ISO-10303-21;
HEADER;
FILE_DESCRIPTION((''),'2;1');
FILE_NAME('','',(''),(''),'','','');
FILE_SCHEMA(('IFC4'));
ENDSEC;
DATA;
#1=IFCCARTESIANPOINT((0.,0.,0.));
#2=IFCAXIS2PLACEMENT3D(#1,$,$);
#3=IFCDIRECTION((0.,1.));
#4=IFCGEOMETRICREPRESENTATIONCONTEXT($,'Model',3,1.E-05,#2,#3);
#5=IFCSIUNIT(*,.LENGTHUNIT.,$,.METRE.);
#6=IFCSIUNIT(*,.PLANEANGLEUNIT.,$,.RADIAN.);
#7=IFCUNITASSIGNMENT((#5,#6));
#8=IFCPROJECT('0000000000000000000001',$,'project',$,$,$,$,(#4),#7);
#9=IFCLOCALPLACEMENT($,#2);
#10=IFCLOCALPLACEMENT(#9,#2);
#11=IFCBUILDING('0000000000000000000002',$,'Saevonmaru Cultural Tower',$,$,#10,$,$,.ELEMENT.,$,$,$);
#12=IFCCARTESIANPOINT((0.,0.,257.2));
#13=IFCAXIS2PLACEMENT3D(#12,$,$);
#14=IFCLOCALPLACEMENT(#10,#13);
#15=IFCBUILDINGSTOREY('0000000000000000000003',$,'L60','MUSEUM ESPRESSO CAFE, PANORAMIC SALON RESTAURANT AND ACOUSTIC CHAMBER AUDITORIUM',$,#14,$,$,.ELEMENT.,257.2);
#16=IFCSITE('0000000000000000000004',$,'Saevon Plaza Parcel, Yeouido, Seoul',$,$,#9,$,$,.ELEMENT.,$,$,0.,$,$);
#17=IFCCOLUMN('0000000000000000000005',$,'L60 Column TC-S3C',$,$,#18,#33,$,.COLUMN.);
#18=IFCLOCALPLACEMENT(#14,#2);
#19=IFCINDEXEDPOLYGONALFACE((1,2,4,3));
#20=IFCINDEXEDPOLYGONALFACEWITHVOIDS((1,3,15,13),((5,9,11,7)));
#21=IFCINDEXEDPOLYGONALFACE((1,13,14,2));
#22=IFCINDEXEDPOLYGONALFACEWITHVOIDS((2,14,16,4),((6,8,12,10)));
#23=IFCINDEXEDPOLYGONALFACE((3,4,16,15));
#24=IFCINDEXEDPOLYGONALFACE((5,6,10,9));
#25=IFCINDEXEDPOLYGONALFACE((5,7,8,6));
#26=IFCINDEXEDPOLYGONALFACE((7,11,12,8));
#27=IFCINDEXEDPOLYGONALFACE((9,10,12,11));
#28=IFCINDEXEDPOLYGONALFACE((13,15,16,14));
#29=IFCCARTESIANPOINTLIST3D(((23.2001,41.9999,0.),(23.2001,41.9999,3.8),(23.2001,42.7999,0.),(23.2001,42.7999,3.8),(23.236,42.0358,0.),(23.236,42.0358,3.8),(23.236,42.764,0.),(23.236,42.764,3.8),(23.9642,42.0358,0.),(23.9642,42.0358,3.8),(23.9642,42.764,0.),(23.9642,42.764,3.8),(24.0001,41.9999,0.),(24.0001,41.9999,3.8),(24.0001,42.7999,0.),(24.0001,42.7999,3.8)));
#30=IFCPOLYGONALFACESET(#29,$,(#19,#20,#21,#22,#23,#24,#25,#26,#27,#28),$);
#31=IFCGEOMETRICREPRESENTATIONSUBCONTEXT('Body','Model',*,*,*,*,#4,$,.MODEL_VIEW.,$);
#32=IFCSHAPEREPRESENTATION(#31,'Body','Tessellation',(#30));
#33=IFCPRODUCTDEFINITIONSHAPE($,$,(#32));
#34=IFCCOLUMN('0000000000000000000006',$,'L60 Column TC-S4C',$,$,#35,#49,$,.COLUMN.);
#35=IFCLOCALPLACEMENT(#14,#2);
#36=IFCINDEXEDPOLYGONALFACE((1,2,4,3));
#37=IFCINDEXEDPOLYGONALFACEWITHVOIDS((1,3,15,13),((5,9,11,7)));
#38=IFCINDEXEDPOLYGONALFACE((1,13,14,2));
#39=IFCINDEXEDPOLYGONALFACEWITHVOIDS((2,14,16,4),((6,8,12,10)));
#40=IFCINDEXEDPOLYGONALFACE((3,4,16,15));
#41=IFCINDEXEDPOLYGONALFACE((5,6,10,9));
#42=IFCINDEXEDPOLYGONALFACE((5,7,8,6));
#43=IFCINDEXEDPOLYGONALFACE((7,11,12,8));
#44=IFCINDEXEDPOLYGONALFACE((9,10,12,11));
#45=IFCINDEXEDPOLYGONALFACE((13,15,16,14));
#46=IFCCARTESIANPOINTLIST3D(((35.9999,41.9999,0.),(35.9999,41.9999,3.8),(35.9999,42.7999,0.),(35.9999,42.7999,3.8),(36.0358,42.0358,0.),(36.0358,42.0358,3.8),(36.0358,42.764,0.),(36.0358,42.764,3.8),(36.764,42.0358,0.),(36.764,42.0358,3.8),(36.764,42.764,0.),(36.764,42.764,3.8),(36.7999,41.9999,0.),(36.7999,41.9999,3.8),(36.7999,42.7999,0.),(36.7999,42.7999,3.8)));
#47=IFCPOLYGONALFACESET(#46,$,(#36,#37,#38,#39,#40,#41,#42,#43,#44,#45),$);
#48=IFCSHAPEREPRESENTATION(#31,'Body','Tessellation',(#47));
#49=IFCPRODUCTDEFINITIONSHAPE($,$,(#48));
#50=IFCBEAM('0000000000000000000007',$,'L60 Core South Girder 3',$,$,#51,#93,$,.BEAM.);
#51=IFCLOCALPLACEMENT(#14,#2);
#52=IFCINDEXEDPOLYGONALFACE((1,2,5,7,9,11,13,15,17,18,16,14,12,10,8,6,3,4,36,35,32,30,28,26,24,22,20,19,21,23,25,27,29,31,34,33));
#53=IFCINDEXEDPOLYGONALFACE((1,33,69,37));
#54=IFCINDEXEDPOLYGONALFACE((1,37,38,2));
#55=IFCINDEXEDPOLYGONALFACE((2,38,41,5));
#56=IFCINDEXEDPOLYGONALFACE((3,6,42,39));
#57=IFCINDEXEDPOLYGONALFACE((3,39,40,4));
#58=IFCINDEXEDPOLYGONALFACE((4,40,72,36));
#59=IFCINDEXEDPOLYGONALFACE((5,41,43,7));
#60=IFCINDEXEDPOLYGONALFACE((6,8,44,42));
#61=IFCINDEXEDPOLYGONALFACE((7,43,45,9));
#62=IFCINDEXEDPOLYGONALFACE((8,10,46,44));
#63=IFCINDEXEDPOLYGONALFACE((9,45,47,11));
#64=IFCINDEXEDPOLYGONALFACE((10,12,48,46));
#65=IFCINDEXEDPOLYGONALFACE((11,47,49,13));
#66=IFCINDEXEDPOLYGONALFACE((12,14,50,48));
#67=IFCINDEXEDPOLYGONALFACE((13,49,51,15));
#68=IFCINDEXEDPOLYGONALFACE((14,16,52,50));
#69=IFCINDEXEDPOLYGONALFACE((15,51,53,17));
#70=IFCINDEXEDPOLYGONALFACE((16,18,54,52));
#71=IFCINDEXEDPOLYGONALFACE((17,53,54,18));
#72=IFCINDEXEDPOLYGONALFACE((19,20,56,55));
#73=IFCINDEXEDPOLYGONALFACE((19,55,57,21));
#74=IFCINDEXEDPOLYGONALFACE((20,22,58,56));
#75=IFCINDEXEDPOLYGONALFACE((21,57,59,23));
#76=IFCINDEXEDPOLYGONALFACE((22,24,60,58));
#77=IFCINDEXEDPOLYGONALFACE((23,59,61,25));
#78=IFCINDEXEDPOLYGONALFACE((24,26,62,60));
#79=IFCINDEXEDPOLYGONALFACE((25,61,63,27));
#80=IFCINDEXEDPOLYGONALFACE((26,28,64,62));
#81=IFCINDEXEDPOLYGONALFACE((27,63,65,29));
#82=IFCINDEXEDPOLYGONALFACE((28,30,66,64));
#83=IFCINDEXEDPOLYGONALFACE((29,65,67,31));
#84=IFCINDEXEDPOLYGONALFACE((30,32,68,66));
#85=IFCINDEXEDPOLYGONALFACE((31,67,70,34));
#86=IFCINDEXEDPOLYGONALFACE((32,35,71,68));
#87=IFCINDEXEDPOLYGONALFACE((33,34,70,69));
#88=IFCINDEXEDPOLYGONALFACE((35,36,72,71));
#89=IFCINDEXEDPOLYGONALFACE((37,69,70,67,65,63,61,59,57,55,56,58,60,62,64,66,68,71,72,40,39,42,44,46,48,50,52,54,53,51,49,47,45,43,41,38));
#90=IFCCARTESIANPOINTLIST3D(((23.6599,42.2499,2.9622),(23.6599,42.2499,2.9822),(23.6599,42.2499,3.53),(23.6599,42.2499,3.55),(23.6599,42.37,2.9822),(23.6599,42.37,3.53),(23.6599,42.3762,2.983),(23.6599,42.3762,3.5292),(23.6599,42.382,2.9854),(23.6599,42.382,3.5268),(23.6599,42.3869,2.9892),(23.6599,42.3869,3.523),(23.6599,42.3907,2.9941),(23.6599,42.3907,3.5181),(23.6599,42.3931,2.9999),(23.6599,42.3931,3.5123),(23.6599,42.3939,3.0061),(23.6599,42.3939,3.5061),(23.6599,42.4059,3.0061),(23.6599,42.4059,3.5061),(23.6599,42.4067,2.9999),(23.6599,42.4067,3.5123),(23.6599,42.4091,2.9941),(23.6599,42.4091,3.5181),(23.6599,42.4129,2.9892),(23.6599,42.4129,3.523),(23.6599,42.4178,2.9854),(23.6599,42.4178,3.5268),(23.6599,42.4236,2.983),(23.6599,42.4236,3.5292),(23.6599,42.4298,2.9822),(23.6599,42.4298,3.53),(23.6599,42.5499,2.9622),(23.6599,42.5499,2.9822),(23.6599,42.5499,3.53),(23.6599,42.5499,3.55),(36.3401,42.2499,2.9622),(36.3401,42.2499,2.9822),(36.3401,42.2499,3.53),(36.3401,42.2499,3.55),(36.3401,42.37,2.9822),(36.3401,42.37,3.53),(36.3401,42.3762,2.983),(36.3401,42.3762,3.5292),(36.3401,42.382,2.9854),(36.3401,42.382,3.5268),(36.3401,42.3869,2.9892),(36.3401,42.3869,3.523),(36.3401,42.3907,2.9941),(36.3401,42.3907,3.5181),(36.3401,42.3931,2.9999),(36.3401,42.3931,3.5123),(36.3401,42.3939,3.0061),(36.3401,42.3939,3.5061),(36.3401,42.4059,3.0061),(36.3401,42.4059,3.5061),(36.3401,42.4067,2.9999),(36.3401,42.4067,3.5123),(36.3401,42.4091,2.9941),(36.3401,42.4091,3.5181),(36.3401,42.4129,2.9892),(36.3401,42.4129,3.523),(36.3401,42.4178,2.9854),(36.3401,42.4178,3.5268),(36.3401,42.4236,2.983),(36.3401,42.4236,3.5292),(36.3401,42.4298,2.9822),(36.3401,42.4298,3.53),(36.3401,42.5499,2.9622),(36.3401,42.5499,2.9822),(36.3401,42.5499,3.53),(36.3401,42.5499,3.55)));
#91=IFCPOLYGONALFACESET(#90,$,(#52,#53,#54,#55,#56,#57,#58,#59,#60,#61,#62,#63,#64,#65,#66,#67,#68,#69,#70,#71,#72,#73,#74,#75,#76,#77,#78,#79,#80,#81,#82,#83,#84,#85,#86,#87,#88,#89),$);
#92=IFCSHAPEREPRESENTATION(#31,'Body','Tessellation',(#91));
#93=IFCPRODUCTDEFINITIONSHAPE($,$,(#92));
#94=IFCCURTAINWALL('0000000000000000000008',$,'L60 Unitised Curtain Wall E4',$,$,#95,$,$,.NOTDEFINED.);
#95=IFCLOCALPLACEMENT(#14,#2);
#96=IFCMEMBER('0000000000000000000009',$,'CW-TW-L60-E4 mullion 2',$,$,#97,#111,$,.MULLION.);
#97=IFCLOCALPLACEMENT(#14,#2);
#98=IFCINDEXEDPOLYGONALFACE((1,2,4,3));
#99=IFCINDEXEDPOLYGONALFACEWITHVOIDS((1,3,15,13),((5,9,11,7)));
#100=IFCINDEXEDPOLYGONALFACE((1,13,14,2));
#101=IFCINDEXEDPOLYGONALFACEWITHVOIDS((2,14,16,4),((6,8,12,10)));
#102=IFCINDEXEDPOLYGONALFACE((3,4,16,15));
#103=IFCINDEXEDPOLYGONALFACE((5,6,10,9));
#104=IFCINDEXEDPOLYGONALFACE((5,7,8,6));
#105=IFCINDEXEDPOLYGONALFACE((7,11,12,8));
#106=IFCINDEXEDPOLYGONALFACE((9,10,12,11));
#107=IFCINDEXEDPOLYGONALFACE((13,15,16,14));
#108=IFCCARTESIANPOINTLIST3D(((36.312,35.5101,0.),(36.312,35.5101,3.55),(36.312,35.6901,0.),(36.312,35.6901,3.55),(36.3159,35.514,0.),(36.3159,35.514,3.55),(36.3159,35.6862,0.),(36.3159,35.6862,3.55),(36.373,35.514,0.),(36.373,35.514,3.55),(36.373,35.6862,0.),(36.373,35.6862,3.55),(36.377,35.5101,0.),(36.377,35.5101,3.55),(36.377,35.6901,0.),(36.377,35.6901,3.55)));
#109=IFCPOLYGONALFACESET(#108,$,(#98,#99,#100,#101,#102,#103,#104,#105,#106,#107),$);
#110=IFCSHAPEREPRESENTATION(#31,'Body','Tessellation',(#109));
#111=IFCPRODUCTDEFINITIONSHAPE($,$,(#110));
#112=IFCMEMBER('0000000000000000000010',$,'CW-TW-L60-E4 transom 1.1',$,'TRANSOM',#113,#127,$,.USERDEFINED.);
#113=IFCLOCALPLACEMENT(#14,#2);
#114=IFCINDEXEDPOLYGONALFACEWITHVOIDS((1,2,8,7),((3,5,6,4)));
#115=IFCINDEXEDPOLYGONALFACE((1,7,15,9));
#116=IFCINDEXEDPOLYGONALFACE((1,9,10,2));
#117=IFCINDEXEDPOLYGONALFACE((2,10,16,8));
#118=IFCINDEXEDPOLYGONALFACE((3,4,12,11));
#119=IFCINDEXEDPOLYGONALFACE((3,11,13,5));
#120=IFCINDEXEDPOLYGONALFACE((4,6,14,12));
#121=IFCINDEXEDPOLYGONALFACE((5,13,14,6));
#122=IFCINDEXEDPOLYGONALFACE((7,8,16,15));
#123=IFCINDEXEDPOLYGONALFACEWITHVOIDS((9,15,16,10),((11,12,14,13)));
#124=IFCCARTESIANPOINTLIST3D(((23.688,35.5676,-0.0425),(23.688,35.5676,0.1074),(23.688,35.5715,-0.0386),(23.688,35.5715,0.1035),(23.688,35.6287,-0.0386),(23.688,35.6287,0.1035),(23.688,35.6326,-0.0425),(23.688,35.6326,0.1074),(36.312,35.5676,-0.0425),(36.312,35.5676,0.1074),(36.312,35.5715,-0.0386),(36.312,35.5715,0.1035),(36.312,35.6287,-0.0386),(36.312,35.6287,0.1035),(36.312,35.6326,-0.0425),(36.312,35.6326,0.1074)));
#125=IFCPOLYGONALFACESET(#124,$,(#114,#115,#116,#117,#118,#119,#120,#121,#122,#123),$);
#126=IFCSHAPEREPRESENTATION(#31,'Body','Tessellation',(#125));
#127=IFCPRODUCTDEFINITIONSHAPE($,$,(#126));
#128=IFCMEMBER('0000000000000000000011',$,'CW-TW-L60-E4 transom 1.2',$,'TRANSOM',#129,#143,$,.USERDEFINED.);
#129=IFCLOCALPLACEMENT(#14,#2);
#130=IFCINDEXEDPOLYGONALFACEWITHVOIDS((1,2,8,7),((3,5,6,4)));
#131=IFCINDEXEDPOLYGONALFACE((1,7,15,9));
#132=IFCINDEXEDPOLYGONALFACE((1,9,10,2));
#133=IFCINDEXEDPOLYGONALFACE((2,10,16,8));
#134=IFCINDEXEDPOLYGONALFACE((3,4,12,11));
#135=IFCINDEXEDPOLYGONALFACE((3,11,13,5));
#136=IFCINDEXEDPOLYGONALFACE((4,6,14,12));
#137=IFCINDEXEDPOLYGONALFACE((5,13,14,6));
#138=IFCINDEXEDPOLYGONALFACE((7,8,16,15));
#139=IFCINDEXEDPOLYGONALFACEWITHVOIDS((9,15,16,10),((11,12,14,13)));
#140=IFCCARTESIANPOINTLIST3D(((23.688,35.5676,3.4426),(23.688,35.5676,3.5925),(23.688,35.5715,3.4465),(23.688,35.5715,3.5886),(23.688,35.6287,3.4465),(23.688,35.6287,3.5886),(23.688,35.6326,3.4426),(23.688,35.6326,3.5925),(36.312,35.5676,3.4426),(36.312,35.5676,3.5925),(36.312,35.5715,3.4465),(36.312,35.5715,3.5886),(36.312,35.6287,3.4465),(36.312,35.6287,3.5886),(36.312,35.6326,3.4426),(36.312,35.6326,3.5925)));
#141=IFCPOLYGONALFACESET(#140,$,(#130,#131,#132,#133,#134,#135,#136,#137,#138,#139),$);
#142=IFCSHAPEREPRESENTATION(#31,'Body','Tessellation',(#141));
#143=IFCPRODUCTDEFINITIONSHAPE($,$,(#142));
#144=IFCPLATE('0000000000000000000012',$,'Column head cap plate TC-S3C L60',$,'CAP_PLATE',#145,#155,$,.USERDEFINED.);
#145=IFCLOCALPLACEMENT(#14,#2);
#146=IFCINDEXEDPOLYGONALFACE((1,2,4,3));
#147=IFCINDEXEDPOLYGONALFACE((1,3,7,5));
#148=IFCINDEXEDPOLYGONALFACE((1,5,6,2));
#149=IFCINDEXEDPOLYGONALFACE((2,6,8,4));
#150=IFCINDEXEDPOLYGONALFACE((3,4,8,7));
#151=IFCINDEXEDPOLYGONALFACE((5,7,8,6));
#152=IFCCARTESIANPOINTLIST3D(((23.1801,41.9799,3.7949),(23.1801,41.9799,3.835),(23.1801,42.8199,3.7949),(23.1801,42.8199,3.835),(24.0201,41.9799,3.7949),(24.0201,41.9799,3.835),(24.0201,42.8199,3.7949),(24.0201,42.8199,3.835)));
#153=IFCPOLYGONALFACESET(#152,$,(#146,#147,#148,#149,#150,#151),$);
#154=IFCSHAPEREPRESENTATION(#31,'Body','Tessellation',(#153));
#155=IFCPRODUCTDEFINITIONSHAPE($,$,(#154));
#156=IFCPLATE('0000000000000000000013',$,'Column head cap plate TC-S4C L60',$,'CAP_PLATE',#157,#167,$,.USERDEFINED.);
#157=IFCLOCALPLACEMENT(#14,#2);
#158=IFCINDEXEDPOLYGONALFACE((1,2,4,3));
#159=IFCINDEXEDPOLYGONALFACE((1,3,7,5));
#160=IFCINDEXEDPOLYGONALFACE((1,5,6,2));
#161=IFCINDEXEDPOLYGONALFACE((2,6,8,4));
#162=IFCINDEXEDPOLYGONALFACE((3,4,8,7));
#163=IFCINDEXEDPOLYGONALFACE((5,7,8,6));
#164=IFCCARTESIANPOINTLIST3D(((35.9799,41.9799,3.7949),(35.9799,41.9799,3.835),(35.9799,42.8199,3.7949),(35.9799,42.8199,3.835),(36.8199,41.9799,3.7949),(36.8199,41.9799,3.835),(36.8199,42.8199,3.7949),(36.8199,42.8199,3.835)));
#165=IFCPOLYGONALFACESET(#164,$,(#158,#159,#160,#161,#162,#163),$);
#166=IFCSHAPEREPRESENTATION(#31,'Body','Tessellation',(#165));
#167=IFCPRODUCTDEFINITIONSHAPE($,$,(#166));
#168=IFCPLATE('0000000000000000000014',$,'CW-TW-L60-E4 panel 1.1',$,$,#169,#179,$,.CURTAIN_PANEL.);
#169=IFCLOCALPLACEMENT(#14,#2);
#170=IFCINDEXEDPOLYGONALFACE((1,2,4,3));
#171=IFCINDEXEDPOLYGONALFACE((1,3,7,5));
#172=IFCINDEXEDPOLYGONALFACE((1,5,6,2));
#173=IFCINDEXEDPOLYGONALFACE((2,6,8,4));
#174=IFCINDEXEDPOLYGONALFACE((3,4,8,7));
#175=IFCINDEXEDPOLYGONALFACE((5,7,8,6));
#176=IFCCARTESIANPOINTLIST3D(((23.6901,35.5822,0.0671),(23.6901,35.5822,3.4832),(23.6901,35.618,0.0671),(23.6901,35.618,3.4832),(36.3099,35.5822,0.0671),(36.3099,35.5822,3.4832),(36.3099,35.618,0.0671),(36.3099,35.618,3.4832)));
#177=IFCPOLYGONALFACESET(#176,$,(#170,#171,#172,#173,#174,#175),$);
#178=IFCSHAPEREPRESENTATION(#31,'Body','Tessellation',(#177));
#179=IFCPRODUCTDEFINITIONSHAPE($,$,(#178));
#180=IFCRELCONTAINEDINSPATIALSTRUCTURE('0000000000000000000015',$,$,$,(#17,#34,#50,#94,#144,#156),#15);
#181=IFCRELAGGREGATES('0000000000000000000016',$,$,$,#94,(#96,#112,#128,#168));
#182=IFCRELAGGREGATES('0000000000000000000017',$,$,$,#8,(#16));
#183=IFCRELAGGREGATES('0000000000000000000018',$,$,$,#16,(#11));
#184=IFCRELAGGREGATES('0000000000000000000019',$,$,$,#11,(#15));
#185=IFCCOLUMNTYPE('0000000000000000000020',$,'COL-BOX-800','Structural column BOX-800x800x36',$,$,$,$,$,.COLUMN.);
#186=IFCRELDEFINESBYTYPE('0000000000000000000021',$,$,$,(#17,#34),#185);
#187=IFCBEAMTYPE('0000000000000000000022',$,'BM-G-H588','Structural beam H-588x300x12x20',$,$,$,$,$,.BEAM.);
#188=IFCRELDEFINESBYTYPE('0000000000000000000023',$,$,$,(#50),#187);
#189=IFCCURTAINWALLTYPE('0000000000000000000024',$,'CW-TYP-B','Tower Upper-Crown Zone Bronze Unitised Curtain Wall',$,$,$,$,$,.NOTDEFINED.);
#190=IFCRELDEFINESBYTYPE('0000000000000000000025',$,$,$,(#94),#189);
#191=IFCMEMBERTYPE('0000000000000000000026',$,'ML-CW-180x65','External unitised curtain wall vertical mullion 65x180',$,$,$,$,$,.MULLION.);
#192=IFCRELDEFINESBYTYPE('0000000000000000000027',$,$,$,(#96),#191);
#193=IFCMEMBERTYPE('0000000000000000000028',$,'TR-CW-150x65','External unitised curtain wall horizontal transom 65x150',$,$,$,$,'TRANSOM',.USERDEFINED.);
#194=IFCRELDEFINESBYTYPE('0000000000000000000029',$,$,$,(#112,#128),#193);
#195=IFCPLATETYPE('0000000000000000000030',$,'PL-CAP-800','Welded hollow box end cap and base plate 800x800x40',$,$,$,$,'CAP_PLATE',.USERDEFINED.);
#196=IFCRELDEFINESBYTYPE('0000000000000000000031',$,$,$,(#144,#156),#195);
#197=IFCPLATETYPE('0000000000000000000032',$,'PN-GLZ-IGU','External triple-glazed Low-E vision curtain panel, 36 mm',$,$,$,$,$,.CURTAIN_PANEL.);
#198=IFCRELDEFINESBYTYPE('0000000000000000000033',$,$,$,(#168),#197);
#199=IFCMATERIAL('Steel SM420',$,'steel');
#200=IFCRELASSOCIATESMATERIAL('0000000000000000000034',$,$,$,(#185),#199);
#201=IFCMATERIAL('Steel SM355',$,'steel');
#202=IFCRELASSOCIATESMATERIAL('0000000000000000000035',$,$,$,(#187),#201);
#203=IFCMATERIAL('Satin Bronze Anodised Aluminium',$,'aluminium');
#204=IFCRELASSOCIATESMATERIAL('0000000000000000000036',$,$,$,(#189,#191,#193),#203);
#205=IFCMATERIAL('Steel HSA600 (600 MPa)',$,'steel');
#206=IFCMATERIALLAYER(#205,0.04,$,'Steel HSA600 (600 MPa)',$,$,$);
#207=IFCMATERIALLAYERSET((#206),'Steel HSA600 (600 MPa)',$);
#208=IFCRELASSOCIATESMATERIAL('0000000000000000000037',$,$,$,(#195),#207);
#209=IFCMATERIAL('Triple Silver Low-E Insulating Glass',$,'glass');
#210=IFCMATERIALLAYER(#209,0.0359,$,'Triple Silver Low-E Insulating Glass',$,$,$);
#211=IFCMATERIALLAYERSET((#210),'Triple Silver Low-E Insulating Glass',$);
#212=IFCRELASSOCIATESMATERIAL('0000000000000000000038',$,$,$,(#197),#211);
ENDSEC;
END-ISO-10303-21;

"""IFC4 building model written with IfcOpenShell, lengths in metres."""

from ifc_helpers import new_model, si_unit, direction, frame, origin, origin_2d, place, context, subcontext, project, spatial, rectangle, hollow_rectangle, i_section, extrude, material, layer, layer_set, material_profile, profile_set, type_object, element, aggregate, save


model = new_model("IFC4")

# Units and contexts
model_context = context("Model", 3, precision=1e-05, world=origin(), true_north=direction((0.0, 1.0)))
body_context = subcontext(model_context, "Body", "Model", "MODEL_VIEW")
ifc_project = project(units=[si_unit("LENGTHUNIT", "METRE"), si_unit("PLANEANGLEUNIT", "RADIAN")], contexts=[model_context])

# Site, building, storey
site_placement = place(None, origin())
site = spatial("IfcSite", under=ifc_project, at=site_placement, Name="Saevon Plaza Parcel, Yeouido, Seoul", CompositionType="ELEMENT", RefElevation=0.0)
building_placement = place(site_placement, origin())
building = spatial("IfcBuilding", under=site, at=building_placement, Name="Saevonmaru Cultural Tower", CompositionType="ELEMENT")
storey_placement = place(building_placement, frame((0.0, 0.0, 257.2)))
storey = spatial("IfcBuildingStorey", under=building, at=storey_placement, Name="L60", Description="MUSEUM ESPRESSO CAFE, PANORAMIC SALON RESTAURANT AND ACOUSTIC CHAMBER AUDITORIUM", CompositionType="ELEMENT", Elevation=257.2)

# Columns
ifc_material_1 = material(Name="Steel SM420", Category="steel")
ifc_material_profile_1 = material_profile(ifc_material_1, hollow_rectangle(XDim=0.8, YDim=0.8, WallThickness=0.0359, at=origin_2d()), Name="BOX-800x800x36")
ifc_profile_set_1 = profile_set([ifc_material_profile_1], Name="Steel SM420")
column_type = type_object("IfcColumnType", Name="COL-BOX-800", Description="Structural column BOX-800x800x36", PredefinedType="COLUMN", material=ifc_profile_set_1)
for number, where, z_axis, x_axis, name in (
    (1, (23.6001, 42.3999, 0.0), (0.0, 0.0, 1.0), (1.0, 0.0, 0.0), "L60 Column TC-S3C"),
    (2, (36.3999, 42.3999, 0.0), (0.0, 0.0, 1.0), (1.0, 0.0, 0.0), "L60 Column TC-S4C"),
):
    element("IfcColumn", number, at=place(storey_placement, frame(where, z_axis=z_axis, x_axis=x_axis)), inside=storey, type_object=column_type, Name=name, PredefinedType="COLUMN", context=body_context, shape_type="SweptSolid", body=[
        extrude(hollow_rectangle(XDim=0.8, YDim=0.8, WallThickness=0.0359, at=origin_2d()), origin(), (0.0, 0.0, 1.0), 3.8),
    ])

# Beam
ifc_material_2 = material(Name="Steel SM355", Category="steel")
ifc_material_profile_2 = material_profile(ifc_material_2, i_section(OverallWidth=0.3, OverallDepth=0.5879, WebThickness=0.012, FlangeThickness=0.02, FilletRadius=0.0239, at=origin_2d()), Name="H-588x300x12x20")
ifc_profile_set_2 = profile_set([ifc_material_profile_2], Name="Steel SM355")
beam_type = type_object("IfcBeamType", Name="BM-G-H588", Description="Structural beam H-588x300x12x20", PredefinedType="BEAM", material=ifc_profile_set_2)
beam_placement = place(storey_placement, frame((23.6599, 42.3999, 3.2561), z_axis=(1.0, 0.0, 0.0), x_axis=(0.0, 1.0, 0.0)))
element("IfcBeam", 3, at=beam_placement, inside=storey, type_object=beam_type, Name="L60 Core South Girder 3", PredefinedType="BEAM", context=body_context, shape_type="SweptSolid", body=[
    extrude(i_section(OverallWidth=0.3, OverallDepth=0.5879, WebThickness=0.012, FlangeThickness=0.02, FilletRadius=0.0239, at=origin_2d()), origin(), (0.0, 0.0, 1.0), 12.6802),
])

# Curtain wall, members
ifc_material_3 = material(Name="Satin Bronze Anodised Aluminium", Category="aluminium")
curtain_wall_type = type_object("IfcCurtainWallType", Name="CW-TYP-B", Description="Tower Upper-Crown Zone Bronze Unitised Curtain Wall", PredefinedType="NOTDEFINED", material=ifc_material_3)
curtain_wall_placement = place(storey_placement, origin())
curtain_wall = element("IfcCurtainWall", 4, at=curtain_wall_placement, inside=storey, type_object=curtain_wall_type, Name="L60 Unitised Curtain Wall E4", PredefinedType="NOTDEFINED")
ifc_material_profile_3 = material_profile(ifc_material_3, hollow_rectangle(XDim=0.0649, YDim=0.1799, WallThickness=0.0039, at=origin_2d()), Name="ALU-MULL-180x65x4")
ifc_profile_set_3 = profile_set([ifc_material_profile_3], Name="Satin Bronze Anodised Aluminium")
member_type_1 = type_object("IfcMemberType", Name="ML-CW-180x65", Description="External unitised curtain wall vertical mullion 65x180", PredefinedType="MULLION", material=ifc_profile_set_3)
member_1_placement = place(storey_placement, frame((36.3445, 35.6001, 0.0), z_axis=(0.0, 0.0, 1.0), x_axis=(1.0, 0.0, 0.0)))
member_1 = element("IfcMember", 5, at=member_1_placement, type_object=member_type_1, Name="CW-TW-L60-E4 mullion 2", PredefinedType="MULLION", context=body_context, shape_type="SweptSolid", body=[
    extrude(hollow_rectangle(XDim=0.0649, YDim=0.1799, WallThickness=0.0039, at=origin_2d()), origin(), (0.0, 0.0, 1.0), 3.55),
])
ifc_material_profile_4 = material_profile(ifc_material_3, hollow_rectangle(XDim=0.0649, YDim=0.1499, WallThickness=0.0039, at=origin_2d()), Name="ALU-TRAN-150x65x4")
ifc_profile_set_4 = profile_set([ifc_material_profile_4], Name="Satin Bronze Anodised Aluminium")
member_type_2 = type_object("IfcMemberType", Name="TR-CW-150x65", Description="External unitised curtain wall horizontal transom 65x150", ElementType="TRANSOM", PredefinedType="USERDEFINED", material=ifc_profile_set_4)
member_2_placement = place(storey_placement, frame((23.688, 35.6001, 0.0325), z_axis=(1.0, 0.0, 0.0), x_axis=(0.0, 1.0, 0.0)))
member_2 = element("IfcMember", 6, at=member_2_placement, type_object=member_type_2, Name="CW-TW-L60-E4 transom 1.1", ObjectType="TRANSOM", PredefinedType="USERDEFINED", context=body_context, shape_type="SweptSolid", body=[
    extrude(hollow_rectangle(XDim=0.0649, YDim=0.1499, WallThickness=0.0039, at=origin_2d()), origin(), (0.0, 0.0, 1.0), 12.624),
])
member_3_placement = place(storey_placement, frame((23.688, 35.6001, 3.5176), z_axis=(1.0, 0.0, 0.0), x_axis=(0.0, 1.0, 0.0)))
member_3 = element("IfcMember", 7, at=member_3_placement, type_object=member_type_2, Name="CW-TW-L60-E4 transom 1.2", ObjectType="TRANSOM", PredefinedType="USERDEFINED", context=body_context, shape_type="SweptSolid", body=[
    extrude(hollow_rectangle(XDim=0.0649, YDim=0.1499, WallThickness=0.0039, at=origin_2d()), origin(), (0.0, 0.0, 1.0), 12.624),
])

# Plates
ifc_material_4 = material(Name="Steel HSA600 (600 MPa)", Category="steel")
ifc_layer_1 = layer(ifc_material_4, 0.04, Name="Steel HSA600 (600 MPa)")
ifc_layer_set_1 = layer_set([ifc_layer_1], Name="Steel HSA600 (600 MPa)")
plate_type_1 = type_object("IfcPlateType", Name="PL-CAP-800", Description="Welded hollow box end cap and base plate 800x800x40", ElementType="CAP_PLATE", PredefinedType="USERDEFINED", material=ifc_layer_set_1)
for number, where, z_axis, x_axis, name in (
    (8, (23.6001, 42.3999, 3.7949), (0.0, 0.0, 1.0), (1.0, 0.0, 0.0), "Column head cap plate TC-S3C L60"),
    (9, (36.3999, 42.3999, 3.7949), (0.0, 0.0, 1.0), (1.0, 0.0, 0.0), "Column head cap plate TC-S4C L60"),
):
    element("IfcPlate", number, at=place(storey_placement, frame(where, z_axis=z_axis, x_axis=x_axis)), inside=storey, type_object=plate_type_1, Name=name, ObjectType="CAP_PLATE", PredefinedType="USERDEFINED", context=body_context, shape_type="SweptSolid", body=[
        extrude(rectangle(XDim=0.8401, YDim=0.8401, at=origin_2d()), origin(), (0.0, 0.0, 1.0), 0.04),
    ])

# Plate
ifc_material_5 = material(Name="Triple Silver Low-E Insulating Glass", Category="glass")
ifc_layer_2 = layer(ifc_material_5, 0.0359, Name="Triple Silver Low-E Insulating Glass")
ifc_layer_set_2 = layer_set([ifc_layer_2], Name="Triple Silver Low-E Insulating Glass")
plate_type_2 = type_object("IfcPlateType", Name="PN-GLZ-IGU", Description="External triple-glazed Low-E vision curtain panel, 36 mm", PredefinedType="CURTAIN_PANEL", material=ifc_layer_set_2)
plate_placement = place(storey_placement, frame((30.0, 35.6001, 0.0671), z_axis=(0.0, 0.0, 1.0), x_axis=(1.0, 0.0, 0.0)))
plate = element("IfcPlate", 10, at=plate_placement, type_object=plate_type_2, Name="CW-TW-L60-E4 panel 1.1", PredefinedType="CURTAIN_PANEL", context=body_context, shape_type="SweptSolid", body=[
    extrude(rectangle(XDim=12.6199, YDim=0.0359, at=origin_2d()), origin(), (0.0, 0.0, 1.0), 3.416),
])
aggregate(curtain_wall, [member_1, member_2, member_3, plate])

save(model, "model.ifc")
